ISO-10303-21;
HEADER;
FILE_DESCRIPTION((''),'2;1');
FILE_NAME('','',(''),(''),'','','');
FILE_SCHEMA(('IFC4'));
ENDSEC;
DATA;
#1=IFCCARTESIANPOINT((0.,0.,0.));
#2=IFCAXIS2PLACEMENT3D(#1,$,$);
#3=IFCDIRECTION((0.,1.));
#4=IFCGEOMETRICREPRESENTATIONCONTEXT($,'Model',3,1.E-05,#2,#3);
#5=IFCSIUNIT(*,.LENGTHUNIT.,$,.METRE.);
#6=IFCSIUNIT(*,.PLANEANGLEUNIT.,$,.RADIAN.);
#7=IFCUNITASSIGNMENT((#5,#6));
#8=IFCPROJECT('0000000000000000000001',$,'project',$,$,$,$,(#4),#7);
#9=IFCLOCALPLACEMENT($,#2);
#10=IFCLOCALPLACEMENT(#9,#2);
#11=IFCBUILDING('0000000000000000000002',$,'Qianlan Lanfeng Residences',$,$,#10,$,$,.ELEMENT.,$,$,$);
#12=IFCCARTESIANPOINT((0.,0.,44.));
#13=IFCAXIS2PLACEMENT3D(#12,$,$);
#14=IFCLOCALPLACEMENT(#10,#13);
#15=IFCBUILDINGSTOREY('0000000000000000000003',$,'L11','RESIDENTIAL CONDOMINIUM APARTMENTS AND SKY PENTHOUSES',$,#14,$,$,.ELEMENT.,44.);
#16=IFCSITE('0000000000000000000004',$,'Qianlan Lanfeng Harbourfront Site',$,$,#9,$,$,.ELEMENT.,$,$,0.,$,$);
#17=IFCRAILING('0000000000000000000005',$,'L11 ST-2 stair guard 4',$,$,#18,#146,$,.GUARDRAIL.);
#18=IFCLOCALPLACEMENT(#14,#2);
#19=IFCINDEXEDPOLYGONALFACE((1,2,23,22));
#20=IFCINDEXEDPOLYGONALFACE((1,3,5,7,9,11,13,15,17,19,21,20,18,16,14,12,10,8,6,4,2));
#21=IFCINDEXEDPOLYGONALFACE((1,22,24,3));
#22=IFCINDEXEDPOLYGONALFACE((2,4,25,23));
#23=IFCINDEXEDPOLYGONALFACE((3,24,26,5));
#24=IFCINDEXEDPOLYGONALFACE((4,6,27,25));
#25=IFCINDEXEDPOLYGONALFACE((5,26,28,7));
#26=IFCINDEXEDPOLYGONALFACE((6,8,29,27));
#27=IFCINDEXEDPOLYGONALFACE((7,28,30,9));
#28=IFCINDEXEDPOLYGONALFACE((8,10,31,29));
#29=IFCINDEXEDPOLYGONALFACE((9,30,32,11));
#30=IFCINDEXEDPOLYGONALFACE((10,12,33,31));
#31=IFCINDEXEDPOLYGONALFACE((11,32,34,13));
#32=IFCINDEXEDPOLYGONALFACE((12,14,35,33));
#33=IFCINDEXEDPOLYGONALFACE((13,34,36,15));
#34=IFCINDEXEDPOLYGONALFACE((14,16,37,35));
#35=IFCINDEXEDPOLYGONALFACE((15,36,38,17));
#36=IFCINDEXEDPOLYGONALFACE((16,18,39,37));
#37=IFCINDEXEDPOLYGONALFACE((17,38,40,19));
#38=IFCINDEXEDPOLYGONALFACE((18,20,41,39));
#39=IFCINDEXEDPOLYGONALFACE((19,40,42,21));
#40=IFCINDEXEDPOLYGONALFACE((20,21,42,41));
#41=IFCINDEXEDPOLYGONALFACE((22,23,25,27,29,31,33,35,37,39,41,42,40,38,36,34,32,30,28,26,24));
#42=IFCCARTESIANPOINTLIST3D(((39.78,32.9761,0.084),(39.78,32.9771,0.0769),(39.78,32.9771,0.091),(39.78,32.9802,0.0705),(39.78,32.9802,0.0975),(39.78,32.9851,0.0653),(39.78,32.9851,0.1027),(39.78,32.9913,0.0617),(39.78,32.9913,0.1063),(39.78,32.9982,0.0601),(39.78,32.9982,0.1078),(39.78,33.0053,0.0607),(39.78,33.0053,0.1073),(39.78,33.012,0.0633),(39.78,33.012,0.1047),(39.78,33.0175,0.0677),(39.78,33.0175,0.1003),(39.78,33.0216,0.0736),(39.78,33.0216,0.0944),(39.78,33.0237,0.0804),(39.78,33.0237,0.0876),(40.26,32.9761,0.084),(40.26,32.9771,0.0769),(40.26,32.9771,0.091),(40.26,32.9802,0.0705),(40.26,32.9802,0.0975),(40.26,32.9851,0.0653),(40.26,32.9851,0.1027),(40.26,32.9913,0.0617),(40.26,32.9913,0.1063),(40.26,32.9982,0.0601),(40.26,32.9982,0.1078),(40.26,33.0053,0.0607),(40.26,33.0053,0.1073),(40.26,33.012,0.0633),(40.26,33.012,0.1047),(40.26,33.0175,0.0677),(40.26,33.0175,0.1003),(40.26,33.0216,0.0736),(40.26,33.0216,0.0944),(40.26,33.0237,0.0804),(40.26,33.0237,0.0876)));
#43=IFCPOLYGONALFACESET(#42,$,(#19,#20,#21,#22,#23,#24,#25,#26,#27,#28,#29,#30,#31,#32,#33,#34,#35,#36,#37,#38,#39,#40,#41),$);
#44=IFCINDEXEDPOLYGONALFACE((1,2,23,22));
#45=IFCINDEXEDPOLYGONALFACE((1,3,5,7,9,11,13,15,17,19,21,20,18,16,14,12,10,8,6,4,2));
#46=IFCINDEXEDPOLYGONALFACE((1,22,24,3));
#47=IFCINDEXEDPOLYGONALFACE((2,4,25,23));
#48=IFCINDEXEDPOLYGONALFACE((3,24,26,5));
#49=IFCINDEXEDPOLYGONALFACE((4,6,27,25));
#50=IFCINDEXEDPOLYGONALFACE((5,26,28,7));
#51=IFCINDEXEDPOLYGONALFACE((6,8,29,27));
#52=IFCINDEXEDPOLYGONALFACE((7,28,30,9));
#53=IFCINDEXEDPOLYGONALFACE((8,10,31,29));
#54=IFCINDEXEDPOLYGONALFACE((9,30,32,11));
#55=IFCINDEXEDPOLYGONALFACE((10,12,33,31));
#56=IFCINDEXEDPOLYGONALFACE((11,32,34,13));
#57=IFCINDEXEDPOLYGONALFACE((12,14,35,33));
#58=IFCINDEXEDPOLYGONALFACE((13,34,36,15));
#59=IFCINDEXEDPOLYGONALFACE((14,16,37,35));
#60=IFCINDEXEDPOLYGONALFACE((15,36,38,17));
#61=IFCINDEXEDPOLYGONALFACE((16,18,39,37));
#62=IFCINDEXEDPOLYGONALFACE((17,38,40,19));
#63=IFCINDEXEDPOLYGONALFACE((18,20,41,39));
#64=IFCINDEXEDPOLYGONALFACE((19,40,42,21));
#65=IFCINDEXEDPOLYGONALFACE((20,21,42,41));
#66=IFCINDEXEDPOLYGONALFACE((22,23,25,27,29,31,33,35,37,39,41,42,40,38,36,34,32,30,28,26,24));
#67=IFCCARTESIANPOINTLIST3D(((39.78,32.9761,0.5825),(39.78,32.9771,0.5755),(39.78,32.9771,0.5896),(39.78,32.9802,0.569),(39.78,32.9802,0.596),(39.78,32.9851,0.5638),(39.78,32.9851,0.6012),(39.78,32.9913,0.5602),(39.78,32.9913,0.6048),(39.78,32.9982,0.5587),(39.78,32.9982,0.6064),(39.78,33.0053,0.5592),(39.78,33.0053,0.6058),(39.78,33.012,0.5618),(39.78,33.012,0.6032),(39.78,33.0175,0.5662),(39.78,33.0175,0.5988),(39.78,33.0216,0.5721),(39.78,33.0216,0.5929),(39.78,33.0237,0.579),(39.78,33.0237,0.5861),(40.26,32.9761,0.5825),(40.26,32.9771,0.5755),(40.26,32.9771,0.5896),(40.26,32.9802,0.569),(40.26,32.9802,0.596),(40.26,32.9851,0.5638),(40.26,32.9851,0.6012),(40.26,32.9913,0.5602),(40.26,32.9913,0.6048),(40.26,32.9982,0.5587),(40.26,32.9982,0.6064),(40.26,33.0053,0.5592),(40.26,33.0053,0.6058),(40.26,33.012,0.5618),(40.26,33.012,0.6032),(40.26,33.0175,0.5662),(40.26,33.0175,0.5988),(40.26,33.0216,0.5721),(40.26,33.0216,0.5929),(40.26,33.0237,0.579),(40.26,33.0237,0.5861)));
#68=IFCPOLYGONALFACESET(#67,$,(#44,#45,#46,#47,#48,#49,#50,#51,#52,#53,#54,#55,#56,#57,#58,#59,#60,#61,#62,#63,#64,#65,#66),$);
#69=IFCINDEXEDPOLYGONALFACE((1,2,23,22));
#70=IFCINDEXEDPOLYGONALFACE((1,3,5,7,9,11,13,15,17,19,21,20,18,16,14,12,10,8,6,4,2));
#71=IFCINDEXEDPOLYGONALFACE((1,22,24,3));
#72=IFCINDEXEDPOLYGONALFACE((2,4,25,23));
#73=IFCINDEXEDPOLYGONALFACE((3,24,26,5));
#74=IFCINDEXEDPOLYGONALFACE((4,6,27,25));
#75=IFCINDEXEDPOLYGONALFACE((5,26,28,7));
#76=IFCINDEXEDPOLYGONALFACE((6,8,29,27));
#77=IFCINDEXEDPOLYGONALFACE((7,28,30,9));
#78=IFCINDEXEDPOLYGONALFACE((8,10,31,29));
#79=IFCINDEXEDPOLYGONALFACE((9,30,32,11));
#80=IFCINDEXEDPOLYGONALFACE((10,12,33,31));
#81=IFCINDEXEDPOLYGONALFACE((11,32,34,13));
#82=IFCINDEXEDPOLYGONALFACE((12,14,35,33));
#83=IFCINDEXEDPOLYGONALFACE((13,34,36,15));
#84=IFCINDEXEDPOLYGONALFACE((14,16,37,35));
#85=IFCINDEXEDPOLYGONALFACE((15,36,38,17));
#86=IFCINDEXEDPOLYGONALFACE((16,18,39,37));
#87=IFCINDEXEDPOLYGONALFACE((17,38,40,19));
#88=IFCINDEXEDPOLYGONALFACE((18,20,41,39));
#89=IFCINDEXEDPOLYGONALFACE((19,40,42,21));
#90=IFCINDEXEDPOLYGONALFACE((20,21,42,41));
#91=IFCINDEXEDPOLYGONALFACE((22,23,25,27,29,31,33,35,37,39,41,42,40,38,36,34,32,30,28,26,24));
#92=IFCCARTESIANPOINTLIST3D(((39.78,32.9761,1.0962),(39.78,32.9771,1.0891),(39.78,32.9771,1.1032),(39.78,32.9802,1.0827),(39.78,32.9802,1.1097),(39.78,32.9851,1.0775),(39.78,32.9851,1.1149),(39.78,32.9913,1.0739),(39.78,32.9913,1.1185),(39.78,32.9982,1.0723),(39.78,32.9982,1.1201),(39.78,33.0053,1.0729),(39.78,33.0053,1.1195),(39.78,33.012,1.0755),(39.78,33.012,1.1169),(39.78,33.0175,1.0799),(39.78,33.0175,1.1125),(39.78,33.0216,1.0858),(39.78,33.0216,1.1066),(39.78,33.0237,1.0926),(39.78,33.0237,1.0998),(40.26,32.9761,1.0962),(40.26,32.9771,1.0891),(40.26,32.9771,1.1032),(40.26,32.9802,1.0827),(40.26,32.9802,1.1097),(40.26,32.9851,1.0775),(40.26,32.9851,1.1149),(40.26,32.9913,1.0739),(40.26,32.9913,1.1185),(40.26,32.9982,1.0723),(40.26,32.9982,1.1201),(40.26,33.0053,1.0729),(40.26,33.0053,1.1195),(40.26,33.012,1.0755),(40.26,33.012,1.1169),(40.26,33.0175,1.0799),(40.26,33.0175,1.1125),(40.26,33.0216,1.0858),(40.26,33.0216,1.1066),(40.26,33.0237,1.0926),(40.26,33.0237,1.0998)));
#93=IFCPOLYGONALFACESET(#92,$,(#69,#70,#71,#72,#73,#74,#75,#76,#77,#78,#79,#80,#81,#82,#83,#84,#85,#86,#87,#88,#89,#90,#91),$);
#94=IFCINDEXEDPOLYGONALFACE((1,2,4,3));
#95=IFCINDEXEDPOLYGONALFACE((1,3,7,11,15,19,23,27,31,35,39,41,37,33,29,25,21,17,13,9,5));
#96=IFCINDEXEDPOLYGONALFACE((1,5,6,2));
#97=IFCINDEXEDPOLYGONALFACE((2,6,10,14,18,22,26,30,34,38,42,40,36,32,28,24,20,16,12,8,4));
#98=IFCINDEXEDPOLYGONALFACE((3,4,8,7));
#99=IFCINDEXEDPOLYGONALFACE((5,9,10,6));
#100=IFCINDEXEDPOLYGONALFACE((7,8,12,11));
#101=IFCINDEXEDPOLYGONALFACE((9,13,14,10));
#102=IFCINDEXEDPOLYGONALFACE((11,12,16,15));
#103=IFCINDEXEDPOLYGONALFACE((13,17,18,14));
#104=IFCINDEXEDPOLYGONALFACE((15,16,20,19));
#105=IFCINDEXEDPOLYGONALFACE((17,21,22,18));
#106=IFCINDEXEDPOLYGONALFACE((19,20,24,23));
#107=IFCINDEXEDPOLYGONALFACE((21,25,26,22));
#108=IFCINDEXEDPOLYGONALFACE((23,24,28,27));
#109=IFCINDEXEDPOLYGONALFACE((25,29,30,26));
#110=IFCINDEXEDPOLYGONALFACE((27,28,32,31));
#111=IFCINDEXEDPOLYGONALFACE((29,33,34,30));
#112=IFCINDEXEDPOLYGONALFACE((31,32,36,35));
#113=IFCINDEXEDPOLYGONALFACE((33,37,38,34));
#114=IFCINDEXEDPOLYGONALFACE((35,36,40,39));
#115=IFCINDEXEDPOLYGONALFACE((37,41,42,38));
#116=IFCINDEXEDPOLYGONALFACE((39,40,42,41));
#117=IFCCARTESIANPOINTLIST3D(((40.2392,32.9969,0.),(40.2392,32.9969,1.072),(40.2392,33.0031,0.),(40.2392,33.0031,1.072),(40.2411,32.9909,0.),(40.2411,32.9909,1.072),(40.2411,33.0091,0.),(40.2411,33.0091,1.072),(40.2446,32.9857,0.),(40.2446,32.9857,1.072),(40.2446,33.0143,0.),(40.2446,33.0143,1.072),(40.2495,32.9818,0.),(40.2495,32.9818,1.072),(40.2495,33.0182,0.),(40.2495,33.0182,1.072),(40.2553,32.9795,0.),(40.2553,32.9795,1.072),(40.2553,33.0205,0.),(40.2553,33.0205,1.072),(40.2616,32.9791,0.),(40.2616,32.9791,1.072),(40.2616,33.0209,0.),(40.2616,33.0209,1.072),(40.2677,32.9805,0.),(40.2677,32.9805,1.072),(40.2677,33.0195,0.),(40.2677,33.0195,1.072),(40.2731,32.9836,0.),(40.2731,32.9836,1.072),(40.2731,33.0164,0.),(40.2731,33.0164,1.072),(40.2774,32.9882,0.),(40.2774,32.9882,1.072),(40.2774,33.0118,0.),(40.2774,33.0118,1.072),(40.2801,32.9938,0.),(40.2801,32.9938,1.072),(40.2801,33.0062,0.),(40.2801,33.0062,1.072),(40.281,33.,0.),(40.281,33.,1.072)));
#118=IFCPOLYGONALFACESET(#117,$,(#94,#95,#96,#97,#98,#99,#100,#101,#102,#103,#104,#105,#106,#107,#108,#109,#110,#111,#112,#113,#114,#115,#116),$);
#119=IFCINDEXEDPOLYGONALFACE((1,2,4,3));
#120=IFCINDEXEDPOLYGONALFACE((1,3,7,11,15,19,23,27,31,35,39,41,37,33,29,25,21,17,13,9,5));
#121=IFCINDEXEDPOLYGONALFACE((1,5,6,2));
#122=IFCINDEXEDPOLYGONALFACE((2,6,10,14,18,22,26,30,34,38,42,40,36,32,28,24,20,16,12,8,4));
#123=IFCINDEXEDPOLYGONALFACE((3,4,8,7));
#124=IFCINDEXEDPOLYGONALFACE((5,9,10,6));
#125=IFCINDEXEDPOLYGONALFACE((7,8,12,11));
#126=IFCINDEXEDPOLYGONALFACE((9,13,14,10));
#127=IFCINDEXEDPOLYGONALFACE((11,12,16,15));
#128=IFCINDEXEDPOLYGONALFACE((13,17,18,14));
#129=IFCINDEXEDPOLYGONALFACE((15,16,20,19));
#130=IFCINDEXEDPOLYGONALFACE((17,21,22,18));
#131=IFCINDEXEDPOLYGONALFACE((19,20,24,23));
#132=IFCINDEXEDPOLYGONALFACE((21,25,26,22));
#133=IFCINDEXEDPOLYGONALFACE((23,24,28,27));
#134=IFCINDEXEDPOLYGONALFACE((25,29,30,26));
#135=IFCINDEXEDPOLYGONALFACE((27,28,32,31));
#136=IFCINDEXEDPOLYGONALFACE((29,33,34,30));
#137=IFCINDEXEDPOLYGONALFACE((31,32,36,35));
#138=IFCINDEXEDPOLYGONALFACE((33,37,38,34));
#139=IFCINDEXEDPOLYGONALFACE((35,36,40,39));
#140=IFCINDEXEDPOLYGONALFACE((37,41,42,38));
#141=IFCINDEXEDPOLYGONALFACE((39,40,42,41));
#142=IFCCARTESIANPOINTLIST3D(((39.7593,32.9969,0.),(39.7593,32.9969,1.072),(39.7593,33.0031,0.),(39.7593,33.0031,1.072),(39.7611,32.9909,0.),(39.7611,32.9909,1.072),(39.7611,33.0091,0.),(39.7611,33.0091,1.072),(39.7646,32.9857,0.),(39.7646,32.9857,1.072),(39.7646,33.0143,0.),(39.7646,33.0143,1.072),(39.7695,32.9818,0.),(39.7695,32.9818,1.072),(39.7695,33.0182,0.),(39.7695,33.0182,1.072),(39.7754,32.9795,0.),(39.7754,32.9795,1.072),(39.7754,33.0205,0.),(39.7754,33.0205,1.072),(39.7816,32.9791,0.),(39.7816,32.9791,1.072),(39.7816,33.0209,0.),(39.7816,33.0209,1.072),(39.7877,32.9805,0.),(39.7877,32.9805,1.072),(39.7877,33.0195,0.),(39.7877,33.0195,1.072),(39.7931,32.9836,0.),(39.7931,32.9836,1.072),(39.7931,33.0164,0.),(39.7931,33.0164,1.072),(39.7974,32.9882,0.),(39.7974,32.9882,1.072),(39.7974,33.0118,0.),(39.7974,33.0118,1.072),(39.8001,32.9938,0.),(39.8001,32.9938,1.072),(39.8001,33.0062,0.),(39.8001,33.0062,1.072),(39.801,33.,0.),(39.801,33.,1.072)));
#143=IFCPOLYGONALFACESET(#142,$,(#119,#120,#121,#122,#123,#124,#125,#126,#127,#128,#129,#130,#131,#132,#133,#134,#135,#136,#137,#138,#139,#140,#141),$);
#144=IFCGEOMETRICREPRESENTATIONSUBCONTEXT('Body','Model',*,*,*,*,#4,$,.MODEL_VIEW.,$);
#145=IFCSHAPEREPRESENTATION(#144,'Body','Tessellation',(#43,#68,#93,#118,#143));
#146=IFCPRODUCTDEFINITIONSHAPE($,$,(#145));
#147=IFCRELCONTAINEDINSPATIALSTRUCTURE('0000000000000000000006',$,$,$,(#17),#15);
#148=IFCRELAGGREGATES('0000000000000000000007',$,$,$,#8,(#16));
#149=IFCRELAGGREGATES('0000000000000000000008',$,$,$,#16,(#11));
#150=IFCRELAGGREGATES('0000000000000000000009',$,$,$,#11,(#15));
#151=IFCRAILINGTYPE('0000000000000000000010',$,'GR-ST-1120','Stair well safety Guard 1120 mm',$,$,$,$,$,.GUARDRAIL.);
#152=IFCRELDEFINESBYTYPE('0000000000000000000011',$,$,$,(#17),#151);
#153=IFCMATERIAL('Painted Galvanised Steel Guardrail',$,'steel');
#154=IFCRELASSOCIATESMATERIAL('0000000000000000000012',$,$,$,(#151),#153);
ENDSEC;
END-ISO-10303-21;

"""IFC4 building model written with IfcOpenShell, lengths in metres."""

from ifc_helpers import new_model, si_unit, direction, frame, origin, origin_2d, place, context, subcontext, project, spatial, circle, extrude, material, type_object, element, save


model = new_model("IFC4")

# Units and contexts
model_context = context("Model", 3, precision=1e-05, world=origin(), true_north=direction((0.0, 1.0)))
body_context = subcontext(model_context, "Body", "Model", "MODEL_VIEW")
ifc_project = project(units=[si_unit("LENGTHUNIT", "METRE"), si_unit("PLANEANGLEUNIT", "RADIAN")], contexts=[model_context])

# Site, building, storey
site_placement = place(None, origin())
site = spatial("IfcSite", under=ifc_project, at=site_placement, Name="Qianlan Lanfeng Harbourfront Site", CompositionType="ELEMENT", RefElevation=0.0)
building_placement = place(site_placement, origin())
building = spatial("IfcBuilding", under=site, at=building_placement, Name="Qianlan Lanfeng Residences", CompositionType="ELEMENT")
storey_placement = place(building_placement, frame((0.0, 0.0, 44.0)))
storey = spatial("IfcBuildingStorey", under=building, at=storey_placement, Name="L11", Description="RESIDENTIAL CONDOMINIUM APARTMENTS AND SKY PENTHOUSES", CompositionType="ELEMENT", Elevation=44.0)

# Railing
ifc_material_1 = material(Name="Painted Galvanised Steel Guardrail", Category="steel")
railing_type_1 = type_object("IfcRailingType", Name="GR-ST-1120", Description="Stair well safety Guard 1120 mm", PredefinedType="GUARDRAIL", material=ifc_material_1)
railing_1_placement = place(storey_placement, frame((40.26, 33.0, 0.0)))
element("IfcRailing", 1, at=railing_1_placement, inside=storey, type_object=railing_type_1, Name="L11 ST-2 stair guard 4", PredefinedType="GUARDRAIL", context=body_context, shape_type="SweptSolid", body=[
    extrude(circle(Radius=0.0239, at=origin_2d()), frame((0.0, 0.0, 0.084), z_axis=(-1.0, 0.0, 0.0), x_axis=(0.0, -1.0, 0.0)), (0.0, 0.0, 1.0), 0.48),
    extrude(circle(Radius=0.0239, at=origin_2d()), frame((0.0, 0.0, 0.5825), z_axis=(-1.0, 0.0, 0.0), x_axis=(0.0, -1.0, 0.0)), (0.0, 0.0, 1.0), 0.48),
    extrude(circle(Radius=0.0239, at=origin_2d()), frame((0.0, 0.0, 1.0962), z_axis=(-1.0, 0.0, 0.0), x_axis=(0.0, -1.0, 0.0)), (0.0, 0.0, 1.0), 0.48),
    extrude(circle(Radius=0.021, at=origin_2d()), origin(), (0.0, 0.0, 1.0), 1.072),
    extrude(circle(Radius=0.021, at=origin_2d()), frame((-0.48, 0.0, 0.0)), (0.0, 0.0, 1.0), 1.072),
])

save(model, "model.ifc")
